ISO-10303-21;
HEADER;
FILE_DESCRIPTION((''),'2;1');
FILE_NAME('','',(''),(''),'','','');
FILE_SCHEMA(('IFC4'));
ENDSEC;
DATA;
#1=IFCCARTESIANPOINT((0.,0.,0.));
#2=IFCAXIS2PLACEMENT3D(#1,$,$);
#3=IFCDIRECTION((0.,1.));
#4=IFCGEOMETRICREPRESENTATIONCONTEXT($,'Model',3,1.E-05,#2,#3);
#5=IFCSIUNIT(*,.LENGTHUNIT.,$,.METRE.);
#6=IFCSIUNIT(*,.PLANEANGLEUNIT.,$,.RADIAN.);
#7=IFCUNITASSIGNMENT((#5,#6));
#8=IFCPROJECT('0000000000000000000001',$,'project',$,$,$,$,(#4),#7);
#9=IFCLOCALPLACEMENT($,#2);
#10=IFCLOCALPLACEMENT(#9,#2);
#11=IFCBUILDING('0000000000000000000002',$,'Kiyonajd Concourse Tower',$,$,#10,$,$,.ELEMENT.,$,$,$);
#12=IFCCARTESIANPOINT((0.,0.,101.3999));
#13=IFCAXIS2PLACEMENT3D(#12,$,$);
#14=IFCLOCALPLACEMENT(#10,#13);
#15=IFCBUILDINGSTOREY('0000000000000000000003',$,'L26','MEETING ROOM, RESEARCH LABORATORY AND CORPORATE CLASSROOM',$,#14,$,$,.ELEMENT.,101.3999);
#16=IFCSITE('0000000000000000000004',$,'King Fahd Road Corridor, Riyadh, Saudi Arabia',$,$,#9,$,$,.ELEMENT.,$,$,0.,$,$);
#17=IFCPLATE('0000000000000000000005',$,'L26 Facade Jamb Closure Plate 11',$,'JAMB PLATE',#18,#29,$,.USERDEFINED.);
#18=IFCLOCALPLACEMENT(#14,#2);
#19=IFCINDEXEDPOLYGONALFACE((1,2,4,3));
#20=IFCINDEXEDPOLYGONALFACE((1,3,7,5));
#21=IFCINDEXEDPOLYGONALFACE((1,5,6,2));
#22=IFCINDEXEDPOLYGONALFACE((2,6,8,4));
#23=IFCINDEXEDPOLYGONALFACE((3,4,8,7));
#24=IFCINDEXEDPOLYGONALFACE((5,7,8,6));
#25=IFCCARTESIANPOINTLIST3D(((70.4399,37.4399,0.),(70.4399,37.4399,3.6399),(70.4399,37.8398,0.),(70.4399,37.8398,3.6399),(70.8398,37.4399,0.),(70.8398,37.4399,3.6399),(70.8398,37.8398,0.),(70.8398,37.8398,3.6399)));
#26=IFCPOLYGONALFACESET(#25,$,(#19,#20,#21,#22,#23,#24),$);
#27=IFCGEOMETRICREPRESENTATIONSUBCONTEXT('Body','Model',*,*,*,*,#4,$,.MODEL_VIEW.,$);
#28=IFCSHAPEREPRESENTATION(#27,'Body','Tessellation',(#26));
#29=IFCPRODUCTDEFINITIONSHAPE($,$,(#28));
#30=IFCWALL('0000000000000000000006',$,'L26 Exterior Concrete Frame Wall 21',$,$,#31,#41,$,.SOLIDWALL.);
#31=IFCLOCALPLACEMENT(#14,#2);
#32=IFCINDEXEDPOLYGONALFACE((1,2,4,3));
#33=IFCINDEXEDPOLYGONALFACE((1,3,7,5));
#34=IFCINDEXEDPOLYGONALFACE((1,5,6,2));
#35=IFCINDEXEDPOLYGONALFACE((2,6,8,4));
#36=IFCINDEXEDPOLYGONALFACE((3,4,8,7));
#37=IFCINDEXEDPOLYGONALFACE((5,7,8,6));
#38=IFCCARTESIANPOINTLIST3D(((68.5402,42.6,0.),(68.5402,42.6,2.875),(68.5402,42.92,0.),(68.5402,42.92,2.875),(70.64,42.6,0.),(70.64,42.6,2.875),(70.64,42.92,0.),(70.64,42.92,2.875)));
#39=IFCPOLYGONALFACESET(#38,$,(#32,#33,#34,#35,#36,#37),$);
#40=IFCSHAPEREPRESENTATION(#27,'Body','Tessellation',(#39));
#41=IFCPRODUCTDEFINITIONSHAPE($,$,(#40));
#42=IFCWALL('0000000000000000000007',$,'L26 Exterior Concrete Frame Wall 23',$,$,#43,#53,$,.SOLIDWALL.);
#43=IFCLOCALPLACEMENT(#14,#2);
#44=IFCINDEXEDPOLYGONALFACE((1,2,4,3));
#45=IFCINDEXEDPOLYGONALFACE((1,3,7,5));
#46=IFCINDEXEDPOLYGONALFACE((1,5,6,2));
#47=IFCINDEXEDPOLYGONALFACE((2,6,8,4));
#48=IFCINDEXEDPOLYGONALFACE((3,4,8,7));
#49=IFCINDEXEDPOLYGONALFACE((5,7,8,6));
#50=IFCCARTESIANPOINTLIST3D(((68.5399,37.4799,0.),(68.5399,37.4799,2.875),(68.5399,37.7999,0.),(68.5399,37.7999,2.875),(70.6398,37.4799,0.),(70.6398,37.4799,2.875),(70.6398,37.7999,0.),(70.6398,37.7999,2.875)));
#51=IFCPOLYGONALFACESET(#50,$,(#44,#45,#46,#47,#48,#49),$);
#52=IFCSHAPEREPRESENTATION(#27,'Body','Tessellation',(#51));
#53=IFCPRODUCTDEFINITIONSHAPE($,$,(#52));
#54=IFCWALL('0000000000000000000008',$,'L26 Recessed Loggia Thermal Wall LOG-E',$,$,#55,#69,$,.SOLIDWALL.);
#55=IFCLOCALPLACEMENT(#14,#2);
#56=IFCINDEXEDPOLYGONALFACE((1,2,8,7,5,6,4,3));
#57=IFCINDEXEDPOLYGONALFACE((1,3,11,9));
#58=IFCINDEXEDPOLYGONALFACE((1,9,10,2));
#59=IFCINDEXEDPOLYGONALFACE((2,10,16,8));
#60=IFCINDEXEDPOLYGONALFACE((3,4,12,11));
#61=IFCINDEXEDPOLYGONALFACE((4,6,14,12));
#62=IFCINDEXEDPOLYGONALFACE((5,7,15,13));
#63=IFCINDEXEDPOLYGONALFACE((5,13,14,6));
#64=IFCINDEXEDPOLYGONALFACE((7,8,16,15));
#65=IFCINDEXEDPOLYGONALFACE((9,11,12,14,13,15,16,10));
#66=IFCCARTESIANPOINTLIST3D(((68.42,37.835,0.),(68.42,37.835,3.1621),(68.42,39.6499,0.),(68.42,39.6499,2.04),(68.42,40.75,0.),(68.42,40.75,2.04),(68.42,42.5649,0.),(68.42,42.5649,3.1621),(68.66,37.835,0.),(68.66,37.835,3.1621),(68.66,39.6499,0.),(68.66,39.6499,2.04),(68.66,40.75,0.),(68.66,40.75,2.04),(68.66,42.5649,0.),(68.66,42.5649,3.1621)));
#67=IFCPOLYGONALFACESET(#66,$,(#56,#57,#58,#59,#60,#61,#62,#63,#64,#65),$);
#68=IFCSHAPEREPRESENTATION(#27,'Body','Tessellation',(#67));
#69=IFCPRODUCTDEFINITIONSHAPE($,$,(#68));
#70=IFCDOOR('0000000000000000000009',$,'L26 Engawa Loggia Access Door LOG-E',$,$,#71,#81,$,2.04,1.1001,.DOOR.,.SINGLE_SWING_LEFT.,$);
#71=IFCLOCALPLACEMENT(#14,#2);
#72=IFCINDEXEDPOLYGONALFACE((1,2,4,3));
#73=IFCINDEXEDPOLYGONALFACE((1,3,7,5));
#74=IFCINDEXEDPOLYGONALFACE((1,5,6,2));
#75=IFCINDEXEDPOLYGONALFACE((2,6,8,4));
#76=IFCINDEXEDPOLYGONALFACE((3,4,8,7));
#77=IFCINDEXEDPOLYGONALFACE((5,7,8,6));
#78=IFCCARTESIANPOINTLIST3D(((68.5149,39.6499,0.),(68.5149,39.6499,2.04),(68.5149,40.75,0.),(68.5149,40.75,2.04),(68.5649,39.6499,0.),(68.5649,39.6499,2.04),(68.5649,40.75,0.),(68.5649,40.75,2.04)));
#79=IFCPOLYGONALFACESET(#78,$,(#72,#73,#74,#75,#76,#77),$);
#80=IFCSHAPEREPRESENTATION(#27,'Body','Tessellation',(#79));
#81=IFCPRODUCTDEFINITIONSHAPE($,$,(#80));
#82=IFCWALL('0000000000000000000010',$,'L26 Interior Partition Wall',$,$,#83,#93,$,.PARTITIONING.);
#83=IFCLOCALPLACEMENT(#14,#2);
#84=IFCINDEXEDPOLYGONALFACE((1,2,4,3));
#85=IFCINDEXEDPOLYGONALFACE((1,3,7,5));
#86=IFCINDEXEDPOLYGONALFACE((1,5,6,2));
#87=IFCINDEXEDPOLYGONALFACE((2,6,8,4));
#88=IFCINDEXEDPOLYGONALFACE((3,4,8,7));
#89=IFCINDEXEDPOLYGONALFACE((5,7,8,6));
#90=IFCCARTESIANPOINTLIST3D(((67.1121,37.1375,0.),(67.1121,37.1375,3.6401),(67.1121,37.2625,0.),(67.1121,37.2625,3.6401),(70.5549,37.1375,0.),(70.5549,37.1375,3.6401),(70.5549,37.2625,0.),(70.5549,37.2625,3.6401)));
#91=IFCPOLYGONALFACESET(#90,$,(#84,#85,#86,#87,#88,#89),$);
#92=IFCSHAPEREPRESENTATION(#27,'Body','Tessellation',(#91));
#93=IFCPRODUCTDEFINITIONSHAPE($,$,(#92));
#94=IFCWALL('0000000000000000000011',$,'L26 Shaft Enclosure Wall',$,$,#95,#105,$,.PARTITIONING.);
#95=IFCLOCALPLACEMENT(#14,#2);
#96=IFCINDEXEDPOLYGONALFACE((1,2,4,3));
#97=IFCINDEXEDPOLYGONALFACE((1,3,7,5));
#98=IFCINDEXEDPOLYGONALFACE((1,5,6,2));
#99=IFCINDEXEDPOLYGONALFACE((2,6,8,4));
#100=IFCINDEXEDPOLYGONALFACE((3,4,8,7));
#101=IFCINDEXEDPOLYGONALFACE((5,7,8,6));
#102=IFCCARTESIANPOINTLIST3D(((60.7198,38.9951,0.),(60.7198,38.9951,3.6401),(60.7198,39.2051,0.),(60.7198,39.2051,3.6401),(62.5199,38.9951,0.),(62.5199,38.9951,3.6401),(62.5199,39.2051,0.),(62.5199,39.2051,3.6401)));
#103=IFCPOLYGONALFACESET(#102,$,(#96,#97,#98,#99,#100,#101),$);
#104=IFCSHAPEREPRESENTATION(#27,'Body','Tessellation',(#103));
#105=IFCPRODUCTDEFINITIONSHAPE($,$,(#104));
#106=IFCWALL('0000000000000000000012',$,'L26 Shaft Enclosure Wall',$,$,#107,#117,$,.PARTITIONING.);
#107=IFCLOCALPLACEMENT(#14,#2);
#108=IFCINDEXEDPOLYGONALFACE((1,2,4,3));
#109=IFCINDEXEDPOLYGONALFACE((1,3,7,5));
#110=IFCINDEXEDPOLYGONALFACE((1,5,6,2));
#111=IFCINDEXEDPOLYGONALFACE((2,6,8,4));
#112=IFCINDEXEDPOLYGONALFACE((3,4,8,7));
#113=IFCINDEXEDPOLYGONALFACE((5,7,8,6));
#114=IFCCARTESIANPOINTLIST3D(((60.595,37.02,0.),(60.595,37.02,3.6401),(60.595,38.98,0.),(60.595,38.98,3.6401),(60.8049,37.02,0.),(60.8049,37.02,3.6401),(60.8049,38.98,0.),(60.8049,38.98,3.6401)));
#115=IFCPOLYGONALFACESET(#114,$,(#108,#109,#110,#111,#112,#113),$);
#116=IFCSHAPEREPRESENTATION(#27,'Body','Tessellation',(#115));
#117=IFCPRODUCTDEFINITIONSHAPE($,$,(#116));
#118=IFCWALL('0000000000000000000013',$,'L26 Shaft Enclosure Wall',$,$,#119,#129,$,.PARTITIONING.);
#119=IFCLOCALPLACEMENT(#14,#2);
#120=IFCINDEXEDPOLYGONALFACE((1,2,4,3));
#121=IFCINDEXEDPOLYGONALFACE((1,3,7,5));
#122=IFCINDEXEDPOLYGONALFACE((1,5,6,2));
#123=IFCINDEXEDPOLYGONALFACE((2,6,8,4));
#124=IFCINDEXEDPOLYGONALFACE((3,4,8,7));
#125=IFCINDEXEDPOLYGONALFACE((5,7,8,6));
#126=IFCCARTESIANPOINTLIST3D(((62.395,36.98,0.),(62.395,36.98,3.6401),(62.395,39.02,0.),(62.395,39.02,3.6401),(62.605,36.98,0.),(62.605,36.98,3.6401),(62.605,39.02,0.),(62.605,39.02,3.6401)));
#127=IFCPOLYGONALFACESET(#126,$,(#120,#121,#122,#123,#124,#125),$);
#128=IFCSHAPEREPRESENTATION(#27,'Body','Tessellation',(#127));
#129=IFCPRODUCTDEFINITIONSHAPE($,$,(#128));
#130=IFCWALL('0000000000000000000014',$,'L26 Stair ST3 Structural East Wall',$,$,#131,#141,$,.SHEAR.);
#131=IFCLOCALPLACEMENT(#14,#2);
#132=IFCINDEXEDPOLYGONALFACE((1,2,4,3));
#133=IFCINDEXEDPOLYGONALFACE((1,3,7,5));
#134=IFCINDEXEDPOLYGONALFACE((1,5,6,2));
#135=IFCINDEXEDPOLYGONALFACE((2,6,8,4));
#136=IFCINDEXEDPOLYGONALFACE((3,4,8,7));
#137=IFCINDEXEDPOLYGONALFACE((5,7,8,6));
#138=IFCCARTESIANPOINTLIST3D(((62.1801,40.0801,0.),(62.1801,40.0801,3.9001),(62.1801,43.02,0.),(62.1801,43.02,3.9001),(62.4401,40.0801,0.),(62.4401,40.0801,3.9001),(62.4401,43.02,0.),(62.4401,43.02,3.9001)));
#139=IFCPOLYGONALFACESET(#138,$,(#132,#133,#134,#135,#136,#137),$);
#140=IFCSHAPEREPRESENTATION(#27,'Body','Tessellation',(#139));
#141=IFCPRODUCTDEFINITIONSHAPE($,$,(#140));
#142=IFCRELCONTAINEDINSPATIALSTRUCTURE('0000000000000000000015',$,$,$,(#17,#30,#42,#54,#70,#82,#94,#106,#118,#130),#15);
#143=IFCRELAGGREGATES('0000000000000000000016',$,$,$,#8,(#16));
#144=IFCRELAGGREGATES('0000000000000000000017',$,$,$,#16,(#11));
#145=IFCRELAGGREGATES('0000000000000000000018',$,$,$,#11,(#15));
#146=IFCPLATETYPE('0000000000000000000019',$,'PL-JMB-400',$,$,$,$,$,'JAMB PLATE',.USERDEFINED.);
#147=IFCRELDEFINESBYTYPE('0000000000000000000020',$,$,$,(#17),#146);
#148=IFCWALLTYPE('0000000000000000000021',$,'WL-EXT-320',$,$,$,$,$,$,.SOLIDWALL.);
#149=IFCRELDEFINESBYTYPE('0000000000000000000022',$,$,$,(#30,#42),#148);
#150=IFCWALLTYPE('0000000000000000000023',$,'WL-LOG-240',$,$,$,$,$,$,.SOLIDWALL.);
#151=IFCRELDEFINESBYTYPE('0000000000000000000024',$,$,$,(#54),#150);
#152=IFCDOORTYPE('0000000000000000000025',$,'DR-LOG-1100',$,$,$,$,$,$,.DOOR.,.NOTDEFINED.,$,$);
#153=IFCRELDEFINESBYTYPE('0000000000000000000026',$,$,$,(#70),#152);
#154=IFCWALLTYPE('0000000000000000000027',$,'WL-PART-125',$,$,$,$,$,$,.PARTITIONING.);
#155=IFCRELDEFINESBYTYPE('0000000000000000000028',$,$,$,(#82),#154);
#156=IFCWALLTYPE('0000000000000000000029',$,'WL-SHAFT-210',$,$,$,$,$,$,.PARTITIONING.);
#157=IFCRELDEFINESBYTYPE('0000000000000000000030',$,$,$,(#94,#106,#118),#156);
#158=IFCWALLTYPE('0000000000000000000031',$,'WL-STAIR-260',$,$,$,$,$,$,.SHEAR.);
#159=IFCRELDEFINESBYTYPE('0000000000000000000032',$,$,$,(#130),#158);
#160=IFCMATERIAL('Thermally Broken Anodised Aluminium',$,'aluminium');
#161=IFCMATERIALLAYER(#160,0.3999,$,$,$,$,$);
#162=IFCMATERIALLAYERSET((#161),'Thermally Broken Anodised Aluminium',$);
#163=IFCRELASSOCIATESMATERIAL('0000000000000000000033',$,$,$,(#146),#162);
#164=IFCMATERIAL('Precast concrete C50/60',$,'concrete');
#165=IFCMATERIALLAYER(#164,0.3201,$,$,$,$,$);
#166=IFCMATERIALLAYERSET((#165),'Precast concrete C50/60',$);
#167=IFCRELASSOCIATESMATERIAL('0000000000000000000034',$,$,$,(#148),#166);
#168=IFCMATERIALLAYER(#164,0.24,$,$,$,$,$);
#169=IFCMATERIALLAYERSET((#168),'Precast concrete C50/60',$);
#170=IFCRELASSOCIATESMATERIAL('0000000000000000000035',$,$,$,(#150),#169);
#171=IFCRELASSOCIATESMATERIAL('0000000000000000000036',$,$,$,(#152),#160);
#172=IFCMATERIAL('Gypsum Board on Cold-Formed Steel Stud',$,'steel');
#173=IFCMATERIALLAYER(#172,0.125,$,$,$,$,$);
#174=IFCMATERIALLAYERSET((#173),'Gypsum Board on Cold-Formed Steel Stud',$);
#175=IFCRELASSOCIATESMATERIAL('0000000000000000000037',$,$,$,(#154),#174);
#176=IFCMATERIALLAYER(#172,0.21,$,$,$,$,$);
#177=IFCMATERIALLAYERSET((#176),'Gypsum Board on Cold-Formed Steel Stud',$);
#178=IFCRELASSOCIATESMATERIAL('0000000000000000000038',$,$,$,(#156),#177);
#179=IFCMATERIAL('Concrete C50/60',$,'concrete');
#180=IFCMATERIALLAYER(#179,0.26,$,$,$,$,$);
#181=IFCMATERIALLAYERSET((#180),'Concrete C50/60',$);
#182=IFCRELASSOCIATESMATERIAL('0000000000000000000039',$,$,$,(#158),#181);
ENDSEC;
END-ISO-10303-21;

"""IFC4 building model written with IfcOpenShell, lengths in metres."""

from ifc_helpers import new_model, si_unit, direction, frame, frame_2d, origin, origin_2d, place, context, subcontext, project, spatial, rectangle, extrude, material, layer, layer_set, type_object, element, fill, save


model = new_model("IFC4")

# Units and contexts
model_context = context("Model", 3, precision=1e-05, world=origin(), true_north=direction((0.0, 1.0)))
body_context = subcontext(model_context, "Body", "Model", "MODEL_VIEW")
ifc_project = project(units=[si_unit("LENGTHUNIT", "METRE"), si_unit("PLANEANGLEUNIT", "RADIAN")], contexts=[model_context])

# Site, building, storey
site_placement = place(None, origin())
site = spatial("IfcSite", under=ifc_project, at=site_placement, Name="King Fahd Road Corridor, Riyadh, Saudi Arabia", CompositionType="ELEMENT", RefElevation=0.0)
building_placement = place(site_placement, origin())
building = spatial("IfcBuilding", under=site, at=building_placement, Name="Kiyonajd Concourse Tower", CompositionType="ELEMENT")
storey_placement = place(building_placement, frame((0.0, 0.0, 101.3999)))
storey = spatial("IfcBuildingStorey", under=building, at=storey_placement, Name="L26", Description="MEETING ROOM, RESEARCH LABORATORY AND CORPORATE CLASSROOM", CompositionType="ELEMENT", Elevation=101.3999)

# Shared definitions
ifc_material_1 = material(Name="Precast concrete C50/60", Category="concrete")

# Shared definitions
ifc_material_2 = material(Name="Thermally Broken Anodised Aluminium", Category="aluminium")

# Plate
ifc_layer_1 = layer(ifc_material_2, 0.3999)
ifc_layer_set_1 = layer_set([ifc_layer_1], Name="Thermally Broken Anodised Aluminium")
plate_type_1 = type_object("IfcPlateType", Name="PL-JMB-400", ElementType="JAMB PLATE", PredefinedType="USERDEFINED", material=ifc_layer_set_1)
for number, where, z_axis, x_axis, name in (
    (1, (70.6399, 37.6399, 0.0), (0.0, 0.0, 1.0), (1.0, 0.0, 0.0), "L26 Facade Jamb Closure Plate 11"),
):
    element("IfcPlate", number, at=place(storey_placement, frame(where, z_axis=z_axis, x_axis=x_axis)), inside=storey, type_object=plate_type_1, Name=name, ObjectType="JAMB PLATE", PredefinedType="USERDEFINED", context=body_context, shape_type="SweptSolid", body=[
        extrude(rectangle(XDim=0.3999, YDim=0.3999, at=origin_2d()), origin(), (0.0, 0.0, 1.0), 3.6399),
    ])

# Walls
ifc_layer_2 = layer(ifc_material_1, 0.3201)
ifc_layer_set_2 = layer_set([ifc_layer_2], Name="Precast concrete C50/60")
wall_type_1 = type_object("IfcWallType", Name="WL-EXT-320", PredefinedType="SOLIDWALL", material=ifc_layer_set_2)
for number, where, z_axis, x_axis, name in (
    (2, (70.6399, 42.76, 0.0), (0.0, 0.0, 1.0), (-1.0, 0.0, 0.0), "L26 Exterior Concrete Frame Wall 21"),
    (3, (68.54, 37.6399, 0.0), (0.0, 0.0, 1.0), (1.0, 0.0, 0.0), "L26 Exterior Concrete Frame Wall 23"),
):
    element("IfcWall", number, at=place(storey_placement, frame(where, z_axis=z_axis, x_axis=x_axis)), inside=storey, type_object=wall_type_1, Name=name, PredefinedType="SOLIDWALL", context=body_context, shape_type="SweptSolid", body=[
        extrude(rectangle(XDim=2.0999, YDim=0.3201, at=frame_2d((1.0498, 0.0))), origin(), (0.0, 0.0, 1.0), 2.875),
    ])

# Wall, opening, door
ifc_layer_3 = layer(ifc_material_1, 0.24)
ifc_layer_set_3 = layer_set([ifc_layer_3], Name="Precast concrete C50/60")
wall_type_2 = type_object("IfcWallType", Name="WL-LOG-240", PredefinedType="SOLIDWALL", material=ifc_layer_set_3)
wall_1_placement = place(storey_placement, frame((68.54, 42.5649, 0.0), z_axis=(0.0, 0.0, 1.0), x_axis=(0.0, -1.0, 0.0)))
wall_1 = element("IfcWall", 4, at=wall_1_placement, inside=storey, type_object=wall_type_2, Name="L26 Recessed Loggia Thermal Wall LOG-E", PredefinedType="SOLIDWALL", context=body_context, shape_type="SweptSolid", body=[
    extrude(rectangle(XDim=4.73, YDim=0.24, at=frame_2d((2.365, 0.0))), origin(), (0.0, 0.0, 1.0), 3.1621),
])
opening_placement = place(wall_1_placement, frame((1.8149, 0.0, 0.0)))
opening = element("IfcOpeningElement", 5, at=opening_placement, cuts=wall_1, PredefinedType="OPENING", context=body_context, shape_type="SweptSolid", body=[
    extrude(rectangle(XDim=1.1001, YDim=2.04, at=frame_2d((0.55, 1.02))), frame((0.0, 0.1299, 0.0), z_axis=(0.0, -1.0, 0.0), x_axis=(1.0, 0.0, 0.0)), (0.0, 0.0, 1.0), 0.26),
])
door_type = type_object("IfcDoorType", Name="DR-LOG-1100", OperationType="NOTDEFINED", PredefinedType="DOOR", material=ifc_material_2)
door_placement = place(opening_placement, origin())
door = element("IfcDoor", 6, at=door_placement, inside=storey, type_object=door_type, Name="L26 Engawa Loggia Access Door LOG-E", OperationType="SINGLE_SWING_LEFT", OverallHeight=2.04, OverallWidth=1.1001, PredefinedType="DOOR", context=body_context, shape_type="SweptSolid", body=[
    extrude(rectangle(XDim=1.1001, YDim=2.04, at=frame_2d((0.55, 1.02))), frame((0.0, 0.0249, 0.0), z_axis=(0.0, -1.0, 0.0), x_axis=(1.0, 0.0, 0.0)), (0.0, 0.0, 1.0), 0.05),
])
fill(opening, door)

# Walls
ifc_material_3 = material(Name="Gypsum Board on Cold-Formed Steel Stud", Category="steel")
ifc_layer_4 = layer(ifc_material_3, 0.125)
ifc_layer_set_4 = layer_set([ifc_layer_4], Name="Gypsum Board on Cold-Formed Steel Stud")
wall_type_3 = type_object("IfcWallType", Name="WL-PART-125", PredefinedType="PARTITIONING", material=ifc_layer_set_4)
wall_2_placement = place(storey_placement, frame((67.1121, 37.2, 0.0), z_axis=(0.0, 0.0, 1.0), x_axis=(1.0, 0.0, 0.0)))
element("IfcWall", 7, at=wall_2_placement, inside=storey, type_object=wall_type_3, Name="L26 Interior Partition Wall", PredefinedType="PARTITIONING", context=body_context, shape_type="SweptSolid", body=[
    extrude(rectangle(XDim=3.4429, YDim=0.125, at=frame_2d((1.7214, 0.0))), origin(), (0.0, 0.0, 1.0), 3.6401),
])
ifc_layer_5 = layer(ifc_material_3, 0.21)
ifc_layer_set_5 = layer_set([ifc_layer_5], Name="Gypsum Board on Cold-Formed Steel Stud")
wall_type_4 = type_object("IfcWallType", Name="WL-SHAFT-210", PredefinedType="PARTITIONING", material=ifc_layer_set_5)
wall_3_placement = place(storey_placement, frame((60.72, 39.1001, 0.0), z_axis=(0.0, 0.0, 1.0), x_axis=(1.0, 0.0, 0.0)))
element("IfcWall", 8, at=wall_3_placement, inside=storey, type_object=wall_type_4, Name="L26 Shaft Enclosure Wall", PredefinedType="PARTITIONING", context=body_context, shape_type="SweptSolid", body=[
    extrude(rectangle(XDim=1.8, YDim=0.21, at=frame_2d((0.8999, 0.0))), origin(), (0.0, 0.0, 1.0), 3.6401),
])
wall_4_placement = place(storey_placement, frame((60.7, 37.02, 0.0), z_axis=(0.0, 0.0, 1.0), x_axis=(0.0, 1.0, 0.0)))
element("IfcWall", 9, at=wall_4_placement, inside=storey, type_object=wall_type_4, Name="L26 Shaft Enclosure Wall", PredefinedType="PARTITIONING", context=body_context, shape_type="SweptSolid", body=[
    extrude(rectangle(XDim=1.96, YDim=0.21, at=frame_2d((0.98, 0.0))), origin(), (0.0, 0.0, 1.0), 3.6401),
])
wall_5_placement = place(storey_placement, frame((62.5, 36.98, 0.0), z_axis=(0.0, 0.0, 1.0), x_axis=(0.0, 1.0, 0.0)))
element("IfcWall", 10, at=wall_5_placement, inside=storey, type_object=wall_type_4, Name="L26 Shaft Enclosure Wall", PredefinedType="PARTITIONING", context=body_context, shape_type="SweptSolid", body=[
    extrude(rectangle(XDim=2.04, YDim=0.21, at=frame_2d((1.02, 0.0))), origin(), (0.0, 0.0, 1.0), 3.6401),
])
ifc_material_4 = material(Name="Concrete C50/60", Category="concrete")
ifc_layer_6 = layer(ifc_material_4, 0.26)
ifc_layer_set_6 = layer_set([ifc_layer_6], Name="Concrete C50/60")
wall_type_5 = type_object("IfcWallType", Name="WL-STAIR-260", PredefinedType="SHEAR", material=ifc_layer_set_6)
wall_6_placement = place(storey_placement, frame((62.3101, 40.0801, 0.0), z_axis=(0.0, 0.0, 1.0), x_axis=(0.0, 1.0, 0.0)))
element("IfcWall", 11, at=wall_6_placement, inside=storey, type_object=wall_type_5, Name="L26 Stair ST3 Structural East Wall", PredefinedType="SHEAR", context=body_context, shape_type="SweptSolid", body=[
    extrude(rectangle(XDim=2.9399, YDim=0.26, at=frame_2d((1.47, 0.0))), origin(), (0.0, 0.0, 1.0), 3.9001),
])

save(model, "model.ifc")
